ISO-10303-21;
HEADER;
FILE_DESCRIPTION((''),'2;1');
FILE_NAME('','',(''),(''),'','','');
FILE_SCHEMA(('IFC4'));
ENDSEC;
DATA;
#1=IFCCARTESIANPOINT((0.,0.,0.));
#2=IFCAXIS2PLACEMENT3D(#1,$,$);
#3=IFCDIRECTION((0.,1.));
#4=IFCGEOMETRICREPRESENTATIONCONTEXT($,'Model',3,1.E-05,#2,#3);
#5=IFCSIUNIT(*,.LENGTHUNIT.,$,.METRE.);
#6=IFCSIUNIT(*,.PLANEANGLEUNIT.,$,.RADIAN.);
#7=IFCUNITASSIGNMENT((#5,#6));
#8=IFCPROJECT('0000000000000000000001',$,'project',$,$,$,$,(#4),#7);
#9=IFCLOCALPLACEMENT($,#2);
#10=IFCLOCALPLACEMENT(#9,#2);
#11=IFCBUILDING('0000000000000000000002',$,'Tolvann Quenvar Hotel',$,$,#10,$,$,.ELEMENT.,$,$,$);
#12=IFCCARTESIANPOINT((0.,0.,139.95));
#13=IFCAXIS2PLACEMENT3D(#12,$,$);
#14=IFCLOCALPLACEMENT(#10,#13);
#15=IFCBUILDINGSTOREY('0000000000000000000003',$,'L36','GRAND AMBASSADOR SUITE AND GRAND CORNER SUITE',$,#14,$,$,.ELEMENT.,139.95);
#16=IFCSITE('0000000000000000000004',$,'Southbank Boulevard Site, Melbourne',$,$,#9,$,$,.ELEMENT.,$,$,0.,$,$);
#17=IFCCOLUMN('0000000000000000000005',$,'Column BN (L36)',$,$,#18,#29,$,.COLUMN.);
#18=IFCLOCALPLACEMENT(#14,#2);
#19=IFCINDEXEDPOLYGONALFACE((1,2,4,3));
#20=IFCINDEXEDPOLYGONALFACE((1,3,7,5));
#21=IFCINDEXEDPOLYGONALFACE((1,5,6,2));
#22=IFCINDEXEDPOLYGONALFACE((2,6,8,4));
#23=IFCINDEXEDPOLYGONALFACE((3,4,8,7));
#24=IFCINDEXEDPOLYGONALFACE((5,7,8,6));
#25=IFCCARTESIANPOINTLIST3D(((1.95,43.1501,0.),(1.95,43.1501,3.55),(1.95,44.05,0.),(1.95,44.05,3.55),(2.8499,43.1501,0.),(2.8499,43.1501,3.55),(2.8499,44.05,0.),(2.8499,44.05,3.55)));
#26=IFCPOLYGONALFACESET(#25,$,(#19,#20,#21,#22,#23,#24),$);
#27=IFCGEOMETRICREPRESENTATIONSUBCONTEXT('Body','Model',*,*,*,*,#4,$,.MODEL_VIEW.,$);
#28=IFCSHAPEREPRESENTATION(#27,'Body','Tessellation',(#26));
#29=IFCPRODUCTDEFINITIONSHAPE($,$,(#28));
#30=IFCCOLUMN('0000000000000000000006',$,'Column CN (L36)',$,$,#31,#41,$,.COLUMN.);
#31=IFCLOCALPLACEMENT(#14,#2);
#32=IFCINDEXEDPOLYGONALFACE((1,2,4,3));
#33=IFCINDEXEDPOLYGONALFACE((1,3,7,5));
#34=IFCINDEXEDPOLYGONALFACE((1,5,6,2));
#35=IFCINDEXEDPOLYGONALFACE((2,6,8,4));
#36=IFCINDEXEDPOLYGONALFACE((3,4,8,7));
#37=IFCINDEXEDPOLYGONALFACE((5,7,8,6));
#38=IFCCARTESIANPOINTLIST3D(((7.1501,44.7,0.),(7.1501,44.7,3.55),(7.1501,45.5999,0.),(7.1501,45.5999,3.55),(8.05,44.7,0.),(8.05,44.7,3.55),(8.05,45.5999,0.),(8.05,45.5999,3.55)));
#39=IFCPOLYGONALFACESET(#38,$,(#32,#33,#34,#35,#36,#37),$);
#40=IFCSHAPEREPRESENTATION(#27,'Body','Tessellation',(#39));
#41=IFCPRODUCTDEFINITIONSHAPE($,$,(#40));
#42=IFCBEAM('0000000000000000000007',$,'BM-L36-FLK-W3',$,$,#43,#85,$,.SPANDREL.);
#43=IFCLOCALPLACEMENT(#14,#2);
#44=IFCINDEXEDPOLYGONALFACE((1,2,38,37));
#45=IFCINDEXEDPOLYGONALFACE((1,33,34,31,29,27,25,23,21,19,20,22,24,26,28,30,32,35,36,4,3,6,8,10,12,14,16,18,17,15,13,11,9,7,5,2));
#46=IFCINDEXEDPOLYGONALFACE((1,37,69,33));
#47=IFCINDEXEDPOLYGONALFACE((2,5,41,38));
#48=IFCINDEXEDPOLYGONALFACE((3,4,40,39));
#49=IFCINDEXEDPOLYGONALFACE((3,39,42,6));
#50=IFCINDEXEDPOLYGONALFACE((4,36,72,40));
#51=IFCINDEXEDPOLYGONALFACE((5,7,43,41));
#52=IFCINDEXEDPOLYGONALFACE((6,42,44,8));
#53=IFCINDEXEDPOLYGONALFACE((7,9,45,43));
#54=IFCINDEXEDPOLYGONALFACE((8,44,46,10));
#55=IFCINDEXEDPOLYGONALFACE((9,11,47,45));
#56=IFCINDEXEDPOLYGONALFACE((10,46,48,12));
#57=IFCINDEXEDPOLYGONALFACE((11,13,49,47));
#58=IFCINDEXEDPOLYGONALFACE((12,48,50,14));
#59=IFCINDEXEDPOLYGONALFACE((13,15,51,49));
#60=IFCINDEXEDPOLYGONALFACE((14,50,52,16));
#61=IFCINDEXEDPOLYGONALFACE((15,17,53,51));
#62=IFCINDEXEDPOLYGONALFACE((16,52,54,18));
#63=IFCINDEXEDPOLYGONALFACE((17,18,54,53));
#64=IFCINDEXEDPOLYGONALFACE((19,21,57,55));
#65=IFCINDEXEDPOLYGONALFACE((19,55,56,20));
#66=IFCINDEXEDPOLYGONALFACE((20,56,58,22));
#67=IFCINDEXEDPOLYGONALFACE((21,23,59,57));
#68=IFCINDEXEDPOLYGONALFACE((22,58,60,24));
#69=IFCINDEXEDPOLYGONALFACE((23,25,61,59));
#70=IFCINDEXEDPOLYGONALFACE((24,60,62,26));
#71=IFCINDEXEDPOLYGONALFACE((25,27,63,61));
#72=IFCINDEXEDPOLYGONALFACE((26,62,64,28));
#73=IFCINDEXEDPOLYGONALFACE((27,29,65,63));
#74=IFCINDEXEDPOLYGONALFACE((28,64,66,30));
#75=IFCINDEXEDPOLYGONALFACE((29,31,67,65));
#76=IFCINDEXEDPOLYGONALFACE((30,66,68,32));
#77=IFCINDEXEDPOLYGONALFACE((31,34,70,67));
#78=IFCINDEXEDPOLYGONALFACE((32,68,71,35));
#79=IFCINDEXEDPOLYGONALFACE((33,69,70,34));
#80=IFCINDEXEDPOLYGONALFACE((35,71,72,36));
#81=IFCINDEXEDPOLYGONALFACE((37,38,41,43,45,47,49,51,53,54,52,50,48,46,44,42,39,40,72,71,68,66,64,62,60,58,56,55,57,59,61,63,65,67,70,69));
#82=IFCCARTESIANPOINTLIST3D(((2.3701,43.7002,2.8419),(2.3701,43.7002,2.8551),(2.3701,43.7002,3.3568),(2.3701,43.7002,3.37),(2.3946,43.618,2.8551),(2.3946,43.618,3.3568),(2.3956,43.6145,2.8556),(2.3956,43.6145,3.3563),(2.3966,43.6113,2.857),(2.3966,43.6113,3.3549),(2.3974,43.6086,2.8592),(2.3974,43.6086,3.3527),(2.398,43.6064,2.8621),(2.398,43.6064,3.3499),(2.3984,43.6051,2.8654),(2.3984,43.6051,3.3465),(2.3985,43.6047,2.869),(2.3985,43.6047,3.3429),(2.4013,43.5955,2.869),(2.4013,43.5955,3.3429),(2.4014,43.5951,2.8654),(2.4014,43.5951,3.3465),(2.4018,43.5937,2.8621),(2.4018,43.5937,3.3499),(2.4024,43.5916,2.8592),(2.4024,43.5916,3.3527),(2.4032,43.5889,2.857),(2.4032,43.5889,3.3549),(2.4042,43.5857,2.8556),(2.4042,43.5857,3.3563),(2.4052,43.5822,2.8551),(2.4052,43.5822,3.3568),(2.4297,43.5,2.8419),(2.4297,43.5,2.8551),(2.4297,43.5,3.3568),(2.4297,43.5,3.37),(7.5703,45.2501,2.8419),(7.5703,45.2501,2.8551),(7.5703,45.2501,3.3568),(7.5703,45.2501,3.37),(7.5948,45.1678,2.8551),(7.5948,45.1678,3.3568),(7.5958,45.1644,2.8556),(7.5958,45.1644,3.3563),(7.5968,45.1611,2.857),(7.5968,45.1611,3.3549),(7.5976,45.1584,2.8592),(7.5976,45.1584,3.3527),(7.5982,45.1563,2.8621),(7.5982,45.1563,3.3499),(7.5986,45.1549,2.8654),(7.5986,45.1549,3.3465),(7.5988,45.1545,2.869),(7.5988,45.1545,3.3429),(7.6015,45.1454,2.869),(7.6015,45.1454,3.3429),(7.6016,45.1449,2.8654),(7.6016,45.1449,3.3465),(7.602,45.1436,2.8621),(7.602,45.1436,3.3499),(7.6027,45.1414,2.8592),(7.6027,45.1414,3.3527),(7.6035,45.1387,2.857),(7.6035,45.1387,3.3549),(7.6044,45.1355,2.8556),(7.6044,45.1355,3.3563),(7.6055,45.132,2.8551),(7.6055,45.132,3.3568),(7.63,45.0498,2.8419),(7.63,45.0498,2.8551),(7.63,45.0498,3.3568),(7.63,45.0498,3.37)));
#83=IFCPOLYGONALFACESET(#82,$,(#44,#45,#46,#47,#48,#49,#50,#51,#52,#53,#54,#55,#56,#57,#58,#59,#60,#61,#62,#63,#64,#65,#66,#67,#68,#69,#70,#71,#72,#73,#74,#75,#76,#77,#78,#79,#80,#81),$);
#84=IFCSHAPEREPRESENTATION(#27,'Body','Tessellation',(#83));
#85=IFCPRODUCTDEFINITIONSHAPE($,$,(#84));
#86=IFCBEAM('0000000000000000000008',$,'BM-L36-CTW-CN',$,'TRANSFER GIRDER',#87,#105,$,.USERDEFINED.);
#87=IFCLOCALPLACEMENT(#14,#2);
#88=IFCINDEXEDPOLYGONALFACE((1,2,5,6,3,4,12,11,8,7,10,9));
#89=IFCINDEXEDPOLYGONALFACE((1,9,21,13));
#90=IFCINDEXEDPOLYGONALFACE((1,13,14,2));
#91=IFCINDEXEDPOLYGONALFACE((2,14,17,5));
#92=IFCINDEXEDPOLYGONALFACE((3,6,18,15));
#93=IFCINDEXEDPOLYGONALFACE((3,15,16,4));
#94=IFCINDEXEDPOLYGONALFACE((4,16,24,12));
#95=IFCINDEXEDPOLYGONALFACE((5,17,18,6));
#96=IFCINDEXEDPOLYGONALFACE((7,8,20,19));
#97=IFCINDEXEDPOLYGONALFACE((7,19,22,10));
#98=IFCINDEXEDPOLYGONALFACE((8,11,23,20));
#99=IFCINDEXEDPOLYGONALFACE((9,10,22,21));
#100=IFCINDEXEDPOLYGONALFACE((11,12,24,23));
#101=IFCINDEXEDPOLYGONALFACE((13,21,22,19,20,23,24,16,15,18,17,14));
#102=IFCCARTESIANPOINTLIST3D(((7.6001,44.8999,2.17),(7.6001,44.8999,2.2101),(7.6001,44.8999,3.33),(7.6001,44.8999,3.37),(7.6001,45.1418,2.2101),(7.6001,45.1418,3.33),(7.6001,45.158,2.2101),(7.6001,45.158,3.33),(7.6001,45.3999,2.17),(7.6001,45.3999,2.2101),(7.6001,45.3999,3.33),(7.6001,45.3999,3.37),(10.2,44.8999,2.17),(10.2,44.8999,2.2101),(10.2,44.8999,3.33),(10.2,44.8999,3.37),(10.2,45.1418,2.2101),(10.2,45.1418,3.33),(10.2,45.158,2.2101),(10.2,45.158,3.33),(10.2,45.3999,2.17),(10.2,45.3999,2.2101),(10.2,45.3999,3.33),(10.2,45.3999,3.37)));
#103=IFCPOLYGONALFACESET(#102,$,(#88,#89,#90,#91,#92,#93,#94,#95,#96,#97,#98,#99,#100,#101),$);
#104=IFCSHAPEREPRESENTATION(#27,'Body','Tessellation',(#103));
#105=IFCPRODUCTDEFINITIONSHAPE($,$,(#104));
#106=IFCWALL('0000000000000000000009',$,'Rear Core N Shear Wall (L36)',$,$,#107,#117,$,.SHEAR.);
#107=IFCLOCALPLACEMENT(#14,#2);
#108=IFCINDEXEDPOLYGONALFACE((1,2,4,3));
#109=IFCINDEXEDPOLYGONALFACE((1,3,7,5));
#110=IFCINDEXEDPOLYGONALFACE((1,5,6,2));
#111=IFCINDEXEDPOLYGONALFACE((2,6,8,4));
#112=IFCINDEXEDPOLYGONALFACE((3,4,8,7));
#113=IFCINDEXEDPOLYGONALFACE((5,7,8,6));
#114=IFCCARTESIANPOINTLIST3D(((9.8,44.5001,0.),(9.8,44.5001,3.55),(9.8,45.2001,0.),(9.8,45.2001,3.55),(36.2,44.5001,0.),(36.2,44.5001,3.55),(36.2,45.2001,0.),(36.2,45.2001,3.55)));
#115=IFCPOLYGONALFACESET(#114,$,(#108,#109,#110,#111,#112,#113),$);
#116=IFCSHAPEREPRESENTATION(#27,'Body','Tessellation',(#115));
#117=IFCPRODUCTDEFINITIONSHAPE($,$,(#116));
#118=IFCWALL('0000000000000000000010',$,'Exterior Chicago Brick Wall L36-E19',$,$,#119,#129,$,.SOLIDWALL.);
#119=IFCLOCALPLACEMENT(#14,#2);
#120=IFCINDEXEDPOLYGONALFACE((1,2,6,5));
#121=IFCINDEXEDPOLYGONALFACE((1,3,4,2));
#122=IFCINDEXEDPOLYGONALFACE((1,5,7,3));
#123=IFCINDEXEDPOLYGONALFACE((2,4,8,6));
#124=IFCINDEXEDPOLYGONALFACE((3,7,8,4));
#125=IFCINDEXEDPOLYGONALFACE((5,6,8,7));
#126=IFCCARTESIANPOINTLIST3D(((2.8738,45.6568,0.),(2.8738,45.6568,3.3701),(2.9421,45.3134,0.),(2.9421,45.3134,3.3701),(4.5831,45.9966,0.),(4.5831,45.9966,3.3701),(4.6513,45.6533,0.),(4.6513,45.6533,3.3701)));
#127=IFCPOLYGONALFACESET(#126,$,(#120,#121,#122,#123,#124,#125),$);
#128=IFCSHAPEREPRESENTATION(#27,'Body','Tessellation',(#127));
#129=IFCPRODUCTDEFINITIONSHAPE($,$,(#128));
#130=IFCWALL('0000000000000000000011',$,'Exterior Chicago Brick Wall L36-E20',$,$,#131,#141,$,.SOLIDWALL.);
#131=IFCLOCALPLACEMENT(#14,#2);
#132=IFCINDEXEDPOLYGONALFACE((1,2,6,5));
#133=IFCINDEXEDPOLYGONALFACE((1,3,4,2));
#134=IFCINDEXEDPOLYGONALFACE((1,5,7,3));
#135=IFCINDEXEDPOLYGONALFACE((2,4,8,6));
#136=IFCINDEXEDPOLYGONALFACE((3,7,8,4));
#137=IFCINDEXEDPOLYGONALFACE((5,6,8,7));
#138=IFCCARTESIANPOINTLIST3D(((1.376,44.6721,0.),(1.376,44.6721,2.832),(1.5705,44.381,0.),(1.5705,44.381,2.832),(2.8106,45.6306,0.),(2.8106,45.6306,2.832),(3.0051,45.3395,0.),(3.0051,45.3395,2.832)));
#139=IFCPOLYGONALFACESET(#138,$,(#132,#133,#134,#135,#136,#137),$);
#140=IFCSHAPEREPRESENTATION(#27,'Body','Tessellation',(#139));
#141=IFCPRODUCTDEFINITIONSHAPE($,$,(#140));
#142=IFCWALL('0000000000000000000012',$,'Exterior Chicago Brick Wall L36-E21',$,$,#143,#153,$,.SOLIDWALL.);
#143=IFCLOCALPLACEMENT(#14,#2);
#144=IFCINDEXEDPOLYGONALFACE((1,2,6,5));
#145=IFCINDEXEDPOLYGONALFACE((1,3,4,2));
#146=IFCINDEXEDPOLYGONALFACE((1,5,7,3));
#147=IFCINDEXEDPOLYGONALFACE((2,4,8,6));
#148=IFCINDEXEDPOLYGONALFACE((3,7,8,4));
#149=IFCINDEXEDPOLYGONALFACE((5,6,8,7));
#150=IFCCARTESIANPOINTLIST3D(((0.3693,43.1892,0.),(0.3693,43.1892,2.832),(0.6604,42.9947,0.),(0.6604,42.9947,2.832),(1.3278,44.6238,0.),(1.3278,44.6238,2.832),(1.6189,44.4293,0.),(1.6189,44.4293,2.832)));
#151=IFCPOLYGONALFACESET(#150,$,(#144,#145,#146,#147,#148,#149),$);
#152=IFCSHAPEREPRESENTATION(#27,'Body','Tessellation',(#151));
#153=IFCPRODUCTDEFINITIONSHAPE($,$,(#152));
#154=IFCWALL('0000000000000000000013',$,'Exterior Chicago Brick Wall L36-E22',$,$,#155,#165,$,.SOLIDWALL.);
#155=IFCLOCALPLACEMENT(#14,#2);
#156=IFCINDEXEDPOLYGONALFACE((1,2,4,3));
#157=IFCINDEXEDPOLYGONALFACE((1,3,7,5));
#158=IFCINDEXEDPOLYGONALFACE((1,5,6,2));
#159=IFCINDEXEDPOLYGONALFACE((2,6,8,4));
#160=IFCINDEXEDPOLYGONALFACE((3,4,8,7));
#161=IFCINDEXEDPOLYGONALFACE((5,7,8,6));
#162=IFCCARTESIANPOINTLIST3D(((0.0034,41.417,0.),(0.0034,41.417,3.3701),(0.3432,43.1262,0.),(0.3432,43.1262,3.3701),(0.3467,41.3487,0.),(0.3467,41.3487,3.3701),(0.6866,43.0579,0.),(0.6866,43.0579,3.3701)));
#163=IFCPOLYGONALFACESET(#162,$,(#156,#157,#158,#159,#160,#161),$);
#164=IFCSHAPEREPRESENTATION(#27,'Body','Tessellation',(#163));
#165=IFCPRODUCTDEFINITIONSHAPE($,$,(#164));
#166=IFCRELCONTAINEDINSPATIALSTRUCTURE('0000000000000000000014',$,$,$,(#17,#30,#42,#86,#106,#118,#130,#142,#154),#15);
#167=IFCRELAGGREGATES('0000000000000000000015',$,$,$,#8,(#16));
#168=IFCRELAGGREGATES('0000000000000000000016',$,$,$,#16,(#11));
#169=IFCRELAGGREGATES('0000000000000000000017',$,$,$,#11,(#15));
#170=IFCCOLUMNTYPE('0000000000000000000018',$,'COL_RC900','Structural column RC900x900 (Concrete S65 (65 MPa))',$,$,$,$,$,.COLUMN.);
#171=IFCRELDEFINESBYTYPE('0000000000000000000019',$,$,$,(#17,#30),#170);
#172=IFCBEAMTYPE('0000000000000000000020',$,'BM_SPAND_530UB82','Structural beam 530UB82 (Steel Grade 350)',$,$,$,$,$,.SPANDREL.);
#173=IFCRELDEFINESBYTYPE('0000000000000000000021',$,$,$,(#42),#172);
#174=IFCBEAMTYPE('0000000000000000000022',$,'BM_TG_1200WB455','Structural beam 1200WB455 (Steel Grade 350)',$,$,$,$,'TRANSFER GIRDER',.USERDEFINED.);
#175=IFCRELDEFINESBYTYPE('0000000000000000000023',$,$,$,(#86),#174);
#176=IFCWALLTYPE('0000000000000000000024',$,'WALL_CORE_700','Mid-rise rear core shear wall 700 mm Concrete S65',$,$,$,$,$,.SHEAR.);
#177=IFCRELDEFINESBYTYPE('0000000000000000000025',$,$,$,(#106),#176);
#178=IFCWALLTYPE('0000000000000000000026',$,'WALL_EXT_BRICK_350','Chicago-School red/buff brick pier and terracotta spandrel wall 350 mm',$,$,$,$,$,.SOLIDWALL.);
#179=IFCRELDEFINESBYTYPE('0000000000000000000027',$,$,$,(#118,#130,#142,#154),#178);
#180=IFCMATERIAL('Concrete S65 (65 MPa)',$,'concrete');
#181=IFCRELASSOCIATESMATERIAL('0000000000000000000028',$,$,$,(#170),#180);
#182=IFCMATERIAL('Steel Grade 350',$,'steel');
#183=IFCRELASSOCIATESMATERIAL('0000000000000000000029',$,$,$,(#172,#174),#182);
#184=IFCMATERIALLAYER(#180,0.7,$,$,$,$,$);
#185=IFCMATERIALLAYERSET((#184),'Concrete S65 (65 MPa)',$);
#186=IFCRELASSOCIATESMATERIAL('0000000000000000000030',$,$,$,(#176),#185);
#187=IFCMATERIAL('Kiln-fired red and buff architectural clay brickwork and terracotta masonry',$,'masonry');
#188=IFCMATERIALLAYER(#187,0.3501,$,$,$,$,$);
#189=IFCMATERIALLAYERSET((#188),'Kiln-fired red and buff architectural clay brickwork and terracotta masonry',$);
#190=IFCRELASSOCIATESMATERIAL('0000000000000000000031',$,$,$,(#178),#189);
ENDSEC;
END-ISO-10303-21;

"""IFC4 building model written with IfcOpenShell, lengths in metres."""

from ifc_helpers import new_model, si_unit, direction, frame, frame_2d, origin, origin_2d, place, context, subcontext, project, spatial, rectangle, i_section, extrude, source, transform, mapped, material, layer, layer_set, material_profile, profile_set, type_object, type_shapes, element, save


model = new_model("IFC4")

# Units and contexts
model_context = context("Model", 3, precision=1e-05, world=origin(), true_north=direction((0.0, 1.0)))
body_context = subcontext(model_context, "Body", "Model", "MODEL_VIEW")
ifc_project = project(units=[si_unit("LENGTHUNIT", "METRE"), si_unit("PLANEANGLEUNIT", "RADIAN")], contexts=[model_context])

# Site, building, storey
site_placement = place(None, origin())
site = spatial("IfcSite", under=ifc_project, at=site_placement, Name="Southbank Boulevard Site, Melbourne", CompositionType="ELEMENT", RefElevation=0.0)
building_placement = place(site_placement, origin())
building = spatial("IfcBuilding", under=site, at=building_placement, Name="Tolvann Quenvar Hotel", CompositionType="ELEMENT")
storey_placement = place(building_placement, frame((0.0, 0.0, 139.95)))
storey = spatial("IfcBuildingStorey", under=building, at=storey_placement, Name="L36", Description="GRAND AMBASSADOR SUITE AND GRAND CORNER SUITE", CompositionType="ELEMENT", Elevation=139.95)

# Columns
ifc_material_1 = material(Name="Concrete S65 (65 MPa)", Category="concrete")
ifc_material_profile_1 = material_profile(ifc_material_1, rectangle(XDim=0.8999, YDim=0.8999, at=origin_2d()), Name="RC900x900")
ifc_profile_set_1 = profile_set([ifc_material_profile_1], Name="Concrete S65 (65 MPa)")
column_type = type_object("IfcColumnType", Name="COL_RC900", Description="Structural column RC900x900 (Concrete S65 (65 MPa))", PredefinedType="COLUMN", material=ifc_profile_set_1)
shared_shape_1 = source(origin(), body_context, "Body", "SweptSolid", [
    extrude(rectangle(XDim=0.8999, YDim=0.8999, at=origin_2d()), origin(), (0.0, 0.0, 1.0), 3.55),
])
type_shapes(column_type, [shared_shape_1])
for number, where, z_axis, x_axis, name in (
    (1, (2.3999, 43.6001, 0.0), (0.0, 0.0, 1.0), (1.0, 0.0, 0.0), "Column BN (L36)"),
    (2, (7.6001, 45.1499, 0.0), (0.0, 0.0, 1.0), (1.0, 0.0, 0.0), "Column CN (L36)"),
):
    element("IfcColumn", number, at=place(storey_placement, frame(where, z_axis=z_axis, x_axis=x_axis)), inside=storey, type_object=column_type, Name=name, PredefinedType="COLUMN", context=body_context, shape_type="MappedRepresentation", body=[
        mapped(shared_shape_1, transform((0.0, 0.0, 0.0), x_axis=(1.0, 0.0, 0.0), y_axis=(0.0, 1.0, 0.0), z_axis=(0.0, 0.0, 1.0), scale=1.0)),
    ])

# Beams
ifc_material_2 = material(Name="Steel Grade 350", Category="steel")
ifc_material_profile_2 = material_profile(ifc_material_2, i_section(OverallWidth=0.209, OverallDepth=0.5281, WebThickness=0.0095, FlangeThickness=0.0132, FilletRadius=0.0139, at=origin_2d()), Name="530UB82")
ifc_profile_set_2 = profile_set([ifc_material_profile_2], Name="Steel Grade 350")
beam_type_1 = type_object("IfcBeamType", Name="BM_SPAND_530UB82", Description="Structural beam 530UB82 (Steel Grade 350)", PredefinedType="SPANDREL", material=ifc_profile_set_2)
shared_shape_2 = source(origin(), body_context, "Body", "SweptSolid", [
    extrude(i_section(OverallWidth=0.209, OverallDepth=0.5281, WebThickness=0.0095, FlangeThickness=0.0132, FilletRadius=0.0139, at=origin_2d()), origin(), (0.0, 0.0, 1.0), 5.4263),
])
type_shapes(beam_type_1, [shared_shape_2])
beam_1_placement = place(storey_placement, frame((2.3999, 43.6001, 3.106), z_axis=(0.958345, 0.285614, 0.0), x_axis=(-0.285614, 0.958345, 0.0)))
element("IfcBeam", 3, at=beam_1_placement, inside=storey, type_object=beam_type_1, Name="BM-L36-FLK-W3", PredefinedType="SPANDREL", context=body_context, shape_type="MappedRepresentation", body=[
    mapped(shared_shape_2, transform((0.0, 0.0, 0.0), x_axis=(1.0, 0.0, 0.0), y_axis=(0.0, 1.0, 0.0), z_axis=(0.0, 0.0, 1.0), scale=1.0)),
])
ifc_material_profile_3 = material_profile(ifc_material_2, i_section(OverallWidth=0.5, OverallDepth=1.2, WebThickness=0.0161, FlangeThickness=0.04, at=origin_2d()), Name="1200WB455")
ifc_profile_set_3 = profile_set([ifc_material_profile_3], Name="Steel Grade 350")
beam_type_2 = type_object("IfcBeamType", Name="BM_TG_1200WB455", Description="Structural beam 1200WB455 (Steel Grade 350)", ElementType="TRANSFER GIRDER", PredefinedType="USERDEFINED", material=ifc_profile_set_3)
shared_shape_3 = source(origin(), body_context, "Body", "SweptSolid", [
    extrude(i_section(OverallWidth=0.5, OverallDepth=1.2, WebThickness=0.0161, FlangeThickness=0.04, at=origin_2d()), origin(), (0.0, 0.0, 1.0), 2.5999),
])
type_shapes(beam_type_2, [shared_shape_3])
beam_2_placement = place(storey_placement, frame((7.6001, 45.1499, 2.77), z_axis=(1.0, 0.0, 0.0), x_axis=(0.0, 1.0, 0.0)))
element("IfcBeam", 4, at=beam_2_placement, inside=storey, type_object=beam_type_2, Name="BM-L36-CTW-CN", ObjectType="TRANSFER GIRDER", PredefinedType="USERDEFINED", context=body_context, shape_type="MappedRepresentation", body=[
    mapped(shared_shape_3, transform((0.0, 0.0, 0.0), x_axis=(1.0, 0.0, 0.0), y_axis=(0.0, 1.0, 0.0), z_axis=(0.0, 0.0, 1.0), scale=1.0)),
])

# Walls
ifc_layer_1 = layer(ifc_material_1, 0.7)
ifc_layer_set_1 = layer_set([ifc_layer_1], Name="Concrete S65 (65 MPa)")
wall_type_1 = type_object("IfcWallType", Name="WALL_CORE_700", Description="Mid-rise rear core shear wall 700 mm Concrete S65", PredefinedType="SHEAR", material=ifc_layer_set_1)
wall_1_placement = place(storey_placement, frame((9.8, 44.8501, 0.0), z_axis=(0.0, 0.0, 1.0), x_axis=(1.0, 0.0, 0.0)))
element("IfcWall", 5, at=wall_1_placement, inside=storey, type_object=wall_type_1, Name="Rear Core N Shear Wall (L36)", PredefinedType="SHEAR", context=body_context, shape_type="SweptSolid", body=[
    extrude(rectangle(XDim=26.3999, YDim=0.7, at=frame_2d((13.2, 0.0))), origin(), (0.0, 0.0, 1.0), 3.55),
])
ifc_material_3 = material(Name="Kiln-fired red and buff architectural clay brickwork and terracotta masonry", Category="masonry")
ifc_layer_2 = layer(ifc_material_3, 0.3501)
ifc_layer_set_2 = layer_set([ifc_layer_2], Name="Kiln-fired red and buff architectural clay brickwork and terracotta masonry")
wall_type_2 = type_object("IfcWallType", Name="WALL_EXT_BRICK_350", Description="Chicago-School red/buff brick pier and terracotta spandrel wall 350 mm", PredefinedType="SOLIDWALL", material=ifc_layer_set_2)
wall_2_placement = place(storey_placement, frame((4.6172, 45.825, 0.0), z_axis=(0.0, 0.0, 1.0), x_axis=(-0.980801, -0.195011, 0.0)))
element("IfcWall", 6, at=wall_2_placement, inside=storey, type_object=wall_type_2, Name="Exterior Chicago Brick Wall L36-E19", PredefinedType="SOLIDWALL", context=body_context, shape_type="SweptSolid", body=[
    extrude(rectangle(XDim=1.7427, YDim=0.3501, at=frame_2d((0.8713, 0.0))), origin(), (0.0, 0.0, 1.0), 3.3701),
])
for number, where, z_axis, x_axis, name in (
    (7, (2.908, 45.4851, 0.0), (0.0, 0.0, 1.0), (-0.831484, -0.555549, 0.0), "Exterior Chicago Brick Wall L36-E20"),
    (8, (1.4734, 44.5266, 0.0), (0.0, 0.0, 1.0), (-0.555549, -0.831484, 0.0), "Exterior Chicago Brick Wall L36-E21"),
):
    element("IfcWall", number, at=place(storey_placement, frame(where, z_axis=z_axis, x_axis=x_axis)), inside=storey, type_object=wall_type_2, Name=name, PredefinedType="SOLIDWALL", context=body_context, shape_type="SweptSolid", body=[
        extrude(rectangle(XDim=1.7253, YDim=0.3501, at=frame_2d((0.8628, 0.0))), origin(), (0.0, 0.0, 1.0), 2.832),
    ])
wall_3_placement = place(storey_placement, frame((0.5149, 43.092, 0.0), z_axis=(0.0, 0.0, 1.0), x_axis=(-0.195011, -0.980801, 0.0)))
element("IfcWall", 9, at=wall_3_placement, inside=storey, type_object=wall_type_2, Name="Exterior Chicago Brick Wall L36-E22", PredefinedType="SOLIDWALL", context=body_context, shape_type="SweptSolid", body=[
    extrude(rectangle(XDim=1.7427, YDim=0.3501, at=frame_2d((0.8713, 0.0))), origin(), (0.0, 0.0, 1.0), 3.3701),
])

save(model, "model.ifc")
